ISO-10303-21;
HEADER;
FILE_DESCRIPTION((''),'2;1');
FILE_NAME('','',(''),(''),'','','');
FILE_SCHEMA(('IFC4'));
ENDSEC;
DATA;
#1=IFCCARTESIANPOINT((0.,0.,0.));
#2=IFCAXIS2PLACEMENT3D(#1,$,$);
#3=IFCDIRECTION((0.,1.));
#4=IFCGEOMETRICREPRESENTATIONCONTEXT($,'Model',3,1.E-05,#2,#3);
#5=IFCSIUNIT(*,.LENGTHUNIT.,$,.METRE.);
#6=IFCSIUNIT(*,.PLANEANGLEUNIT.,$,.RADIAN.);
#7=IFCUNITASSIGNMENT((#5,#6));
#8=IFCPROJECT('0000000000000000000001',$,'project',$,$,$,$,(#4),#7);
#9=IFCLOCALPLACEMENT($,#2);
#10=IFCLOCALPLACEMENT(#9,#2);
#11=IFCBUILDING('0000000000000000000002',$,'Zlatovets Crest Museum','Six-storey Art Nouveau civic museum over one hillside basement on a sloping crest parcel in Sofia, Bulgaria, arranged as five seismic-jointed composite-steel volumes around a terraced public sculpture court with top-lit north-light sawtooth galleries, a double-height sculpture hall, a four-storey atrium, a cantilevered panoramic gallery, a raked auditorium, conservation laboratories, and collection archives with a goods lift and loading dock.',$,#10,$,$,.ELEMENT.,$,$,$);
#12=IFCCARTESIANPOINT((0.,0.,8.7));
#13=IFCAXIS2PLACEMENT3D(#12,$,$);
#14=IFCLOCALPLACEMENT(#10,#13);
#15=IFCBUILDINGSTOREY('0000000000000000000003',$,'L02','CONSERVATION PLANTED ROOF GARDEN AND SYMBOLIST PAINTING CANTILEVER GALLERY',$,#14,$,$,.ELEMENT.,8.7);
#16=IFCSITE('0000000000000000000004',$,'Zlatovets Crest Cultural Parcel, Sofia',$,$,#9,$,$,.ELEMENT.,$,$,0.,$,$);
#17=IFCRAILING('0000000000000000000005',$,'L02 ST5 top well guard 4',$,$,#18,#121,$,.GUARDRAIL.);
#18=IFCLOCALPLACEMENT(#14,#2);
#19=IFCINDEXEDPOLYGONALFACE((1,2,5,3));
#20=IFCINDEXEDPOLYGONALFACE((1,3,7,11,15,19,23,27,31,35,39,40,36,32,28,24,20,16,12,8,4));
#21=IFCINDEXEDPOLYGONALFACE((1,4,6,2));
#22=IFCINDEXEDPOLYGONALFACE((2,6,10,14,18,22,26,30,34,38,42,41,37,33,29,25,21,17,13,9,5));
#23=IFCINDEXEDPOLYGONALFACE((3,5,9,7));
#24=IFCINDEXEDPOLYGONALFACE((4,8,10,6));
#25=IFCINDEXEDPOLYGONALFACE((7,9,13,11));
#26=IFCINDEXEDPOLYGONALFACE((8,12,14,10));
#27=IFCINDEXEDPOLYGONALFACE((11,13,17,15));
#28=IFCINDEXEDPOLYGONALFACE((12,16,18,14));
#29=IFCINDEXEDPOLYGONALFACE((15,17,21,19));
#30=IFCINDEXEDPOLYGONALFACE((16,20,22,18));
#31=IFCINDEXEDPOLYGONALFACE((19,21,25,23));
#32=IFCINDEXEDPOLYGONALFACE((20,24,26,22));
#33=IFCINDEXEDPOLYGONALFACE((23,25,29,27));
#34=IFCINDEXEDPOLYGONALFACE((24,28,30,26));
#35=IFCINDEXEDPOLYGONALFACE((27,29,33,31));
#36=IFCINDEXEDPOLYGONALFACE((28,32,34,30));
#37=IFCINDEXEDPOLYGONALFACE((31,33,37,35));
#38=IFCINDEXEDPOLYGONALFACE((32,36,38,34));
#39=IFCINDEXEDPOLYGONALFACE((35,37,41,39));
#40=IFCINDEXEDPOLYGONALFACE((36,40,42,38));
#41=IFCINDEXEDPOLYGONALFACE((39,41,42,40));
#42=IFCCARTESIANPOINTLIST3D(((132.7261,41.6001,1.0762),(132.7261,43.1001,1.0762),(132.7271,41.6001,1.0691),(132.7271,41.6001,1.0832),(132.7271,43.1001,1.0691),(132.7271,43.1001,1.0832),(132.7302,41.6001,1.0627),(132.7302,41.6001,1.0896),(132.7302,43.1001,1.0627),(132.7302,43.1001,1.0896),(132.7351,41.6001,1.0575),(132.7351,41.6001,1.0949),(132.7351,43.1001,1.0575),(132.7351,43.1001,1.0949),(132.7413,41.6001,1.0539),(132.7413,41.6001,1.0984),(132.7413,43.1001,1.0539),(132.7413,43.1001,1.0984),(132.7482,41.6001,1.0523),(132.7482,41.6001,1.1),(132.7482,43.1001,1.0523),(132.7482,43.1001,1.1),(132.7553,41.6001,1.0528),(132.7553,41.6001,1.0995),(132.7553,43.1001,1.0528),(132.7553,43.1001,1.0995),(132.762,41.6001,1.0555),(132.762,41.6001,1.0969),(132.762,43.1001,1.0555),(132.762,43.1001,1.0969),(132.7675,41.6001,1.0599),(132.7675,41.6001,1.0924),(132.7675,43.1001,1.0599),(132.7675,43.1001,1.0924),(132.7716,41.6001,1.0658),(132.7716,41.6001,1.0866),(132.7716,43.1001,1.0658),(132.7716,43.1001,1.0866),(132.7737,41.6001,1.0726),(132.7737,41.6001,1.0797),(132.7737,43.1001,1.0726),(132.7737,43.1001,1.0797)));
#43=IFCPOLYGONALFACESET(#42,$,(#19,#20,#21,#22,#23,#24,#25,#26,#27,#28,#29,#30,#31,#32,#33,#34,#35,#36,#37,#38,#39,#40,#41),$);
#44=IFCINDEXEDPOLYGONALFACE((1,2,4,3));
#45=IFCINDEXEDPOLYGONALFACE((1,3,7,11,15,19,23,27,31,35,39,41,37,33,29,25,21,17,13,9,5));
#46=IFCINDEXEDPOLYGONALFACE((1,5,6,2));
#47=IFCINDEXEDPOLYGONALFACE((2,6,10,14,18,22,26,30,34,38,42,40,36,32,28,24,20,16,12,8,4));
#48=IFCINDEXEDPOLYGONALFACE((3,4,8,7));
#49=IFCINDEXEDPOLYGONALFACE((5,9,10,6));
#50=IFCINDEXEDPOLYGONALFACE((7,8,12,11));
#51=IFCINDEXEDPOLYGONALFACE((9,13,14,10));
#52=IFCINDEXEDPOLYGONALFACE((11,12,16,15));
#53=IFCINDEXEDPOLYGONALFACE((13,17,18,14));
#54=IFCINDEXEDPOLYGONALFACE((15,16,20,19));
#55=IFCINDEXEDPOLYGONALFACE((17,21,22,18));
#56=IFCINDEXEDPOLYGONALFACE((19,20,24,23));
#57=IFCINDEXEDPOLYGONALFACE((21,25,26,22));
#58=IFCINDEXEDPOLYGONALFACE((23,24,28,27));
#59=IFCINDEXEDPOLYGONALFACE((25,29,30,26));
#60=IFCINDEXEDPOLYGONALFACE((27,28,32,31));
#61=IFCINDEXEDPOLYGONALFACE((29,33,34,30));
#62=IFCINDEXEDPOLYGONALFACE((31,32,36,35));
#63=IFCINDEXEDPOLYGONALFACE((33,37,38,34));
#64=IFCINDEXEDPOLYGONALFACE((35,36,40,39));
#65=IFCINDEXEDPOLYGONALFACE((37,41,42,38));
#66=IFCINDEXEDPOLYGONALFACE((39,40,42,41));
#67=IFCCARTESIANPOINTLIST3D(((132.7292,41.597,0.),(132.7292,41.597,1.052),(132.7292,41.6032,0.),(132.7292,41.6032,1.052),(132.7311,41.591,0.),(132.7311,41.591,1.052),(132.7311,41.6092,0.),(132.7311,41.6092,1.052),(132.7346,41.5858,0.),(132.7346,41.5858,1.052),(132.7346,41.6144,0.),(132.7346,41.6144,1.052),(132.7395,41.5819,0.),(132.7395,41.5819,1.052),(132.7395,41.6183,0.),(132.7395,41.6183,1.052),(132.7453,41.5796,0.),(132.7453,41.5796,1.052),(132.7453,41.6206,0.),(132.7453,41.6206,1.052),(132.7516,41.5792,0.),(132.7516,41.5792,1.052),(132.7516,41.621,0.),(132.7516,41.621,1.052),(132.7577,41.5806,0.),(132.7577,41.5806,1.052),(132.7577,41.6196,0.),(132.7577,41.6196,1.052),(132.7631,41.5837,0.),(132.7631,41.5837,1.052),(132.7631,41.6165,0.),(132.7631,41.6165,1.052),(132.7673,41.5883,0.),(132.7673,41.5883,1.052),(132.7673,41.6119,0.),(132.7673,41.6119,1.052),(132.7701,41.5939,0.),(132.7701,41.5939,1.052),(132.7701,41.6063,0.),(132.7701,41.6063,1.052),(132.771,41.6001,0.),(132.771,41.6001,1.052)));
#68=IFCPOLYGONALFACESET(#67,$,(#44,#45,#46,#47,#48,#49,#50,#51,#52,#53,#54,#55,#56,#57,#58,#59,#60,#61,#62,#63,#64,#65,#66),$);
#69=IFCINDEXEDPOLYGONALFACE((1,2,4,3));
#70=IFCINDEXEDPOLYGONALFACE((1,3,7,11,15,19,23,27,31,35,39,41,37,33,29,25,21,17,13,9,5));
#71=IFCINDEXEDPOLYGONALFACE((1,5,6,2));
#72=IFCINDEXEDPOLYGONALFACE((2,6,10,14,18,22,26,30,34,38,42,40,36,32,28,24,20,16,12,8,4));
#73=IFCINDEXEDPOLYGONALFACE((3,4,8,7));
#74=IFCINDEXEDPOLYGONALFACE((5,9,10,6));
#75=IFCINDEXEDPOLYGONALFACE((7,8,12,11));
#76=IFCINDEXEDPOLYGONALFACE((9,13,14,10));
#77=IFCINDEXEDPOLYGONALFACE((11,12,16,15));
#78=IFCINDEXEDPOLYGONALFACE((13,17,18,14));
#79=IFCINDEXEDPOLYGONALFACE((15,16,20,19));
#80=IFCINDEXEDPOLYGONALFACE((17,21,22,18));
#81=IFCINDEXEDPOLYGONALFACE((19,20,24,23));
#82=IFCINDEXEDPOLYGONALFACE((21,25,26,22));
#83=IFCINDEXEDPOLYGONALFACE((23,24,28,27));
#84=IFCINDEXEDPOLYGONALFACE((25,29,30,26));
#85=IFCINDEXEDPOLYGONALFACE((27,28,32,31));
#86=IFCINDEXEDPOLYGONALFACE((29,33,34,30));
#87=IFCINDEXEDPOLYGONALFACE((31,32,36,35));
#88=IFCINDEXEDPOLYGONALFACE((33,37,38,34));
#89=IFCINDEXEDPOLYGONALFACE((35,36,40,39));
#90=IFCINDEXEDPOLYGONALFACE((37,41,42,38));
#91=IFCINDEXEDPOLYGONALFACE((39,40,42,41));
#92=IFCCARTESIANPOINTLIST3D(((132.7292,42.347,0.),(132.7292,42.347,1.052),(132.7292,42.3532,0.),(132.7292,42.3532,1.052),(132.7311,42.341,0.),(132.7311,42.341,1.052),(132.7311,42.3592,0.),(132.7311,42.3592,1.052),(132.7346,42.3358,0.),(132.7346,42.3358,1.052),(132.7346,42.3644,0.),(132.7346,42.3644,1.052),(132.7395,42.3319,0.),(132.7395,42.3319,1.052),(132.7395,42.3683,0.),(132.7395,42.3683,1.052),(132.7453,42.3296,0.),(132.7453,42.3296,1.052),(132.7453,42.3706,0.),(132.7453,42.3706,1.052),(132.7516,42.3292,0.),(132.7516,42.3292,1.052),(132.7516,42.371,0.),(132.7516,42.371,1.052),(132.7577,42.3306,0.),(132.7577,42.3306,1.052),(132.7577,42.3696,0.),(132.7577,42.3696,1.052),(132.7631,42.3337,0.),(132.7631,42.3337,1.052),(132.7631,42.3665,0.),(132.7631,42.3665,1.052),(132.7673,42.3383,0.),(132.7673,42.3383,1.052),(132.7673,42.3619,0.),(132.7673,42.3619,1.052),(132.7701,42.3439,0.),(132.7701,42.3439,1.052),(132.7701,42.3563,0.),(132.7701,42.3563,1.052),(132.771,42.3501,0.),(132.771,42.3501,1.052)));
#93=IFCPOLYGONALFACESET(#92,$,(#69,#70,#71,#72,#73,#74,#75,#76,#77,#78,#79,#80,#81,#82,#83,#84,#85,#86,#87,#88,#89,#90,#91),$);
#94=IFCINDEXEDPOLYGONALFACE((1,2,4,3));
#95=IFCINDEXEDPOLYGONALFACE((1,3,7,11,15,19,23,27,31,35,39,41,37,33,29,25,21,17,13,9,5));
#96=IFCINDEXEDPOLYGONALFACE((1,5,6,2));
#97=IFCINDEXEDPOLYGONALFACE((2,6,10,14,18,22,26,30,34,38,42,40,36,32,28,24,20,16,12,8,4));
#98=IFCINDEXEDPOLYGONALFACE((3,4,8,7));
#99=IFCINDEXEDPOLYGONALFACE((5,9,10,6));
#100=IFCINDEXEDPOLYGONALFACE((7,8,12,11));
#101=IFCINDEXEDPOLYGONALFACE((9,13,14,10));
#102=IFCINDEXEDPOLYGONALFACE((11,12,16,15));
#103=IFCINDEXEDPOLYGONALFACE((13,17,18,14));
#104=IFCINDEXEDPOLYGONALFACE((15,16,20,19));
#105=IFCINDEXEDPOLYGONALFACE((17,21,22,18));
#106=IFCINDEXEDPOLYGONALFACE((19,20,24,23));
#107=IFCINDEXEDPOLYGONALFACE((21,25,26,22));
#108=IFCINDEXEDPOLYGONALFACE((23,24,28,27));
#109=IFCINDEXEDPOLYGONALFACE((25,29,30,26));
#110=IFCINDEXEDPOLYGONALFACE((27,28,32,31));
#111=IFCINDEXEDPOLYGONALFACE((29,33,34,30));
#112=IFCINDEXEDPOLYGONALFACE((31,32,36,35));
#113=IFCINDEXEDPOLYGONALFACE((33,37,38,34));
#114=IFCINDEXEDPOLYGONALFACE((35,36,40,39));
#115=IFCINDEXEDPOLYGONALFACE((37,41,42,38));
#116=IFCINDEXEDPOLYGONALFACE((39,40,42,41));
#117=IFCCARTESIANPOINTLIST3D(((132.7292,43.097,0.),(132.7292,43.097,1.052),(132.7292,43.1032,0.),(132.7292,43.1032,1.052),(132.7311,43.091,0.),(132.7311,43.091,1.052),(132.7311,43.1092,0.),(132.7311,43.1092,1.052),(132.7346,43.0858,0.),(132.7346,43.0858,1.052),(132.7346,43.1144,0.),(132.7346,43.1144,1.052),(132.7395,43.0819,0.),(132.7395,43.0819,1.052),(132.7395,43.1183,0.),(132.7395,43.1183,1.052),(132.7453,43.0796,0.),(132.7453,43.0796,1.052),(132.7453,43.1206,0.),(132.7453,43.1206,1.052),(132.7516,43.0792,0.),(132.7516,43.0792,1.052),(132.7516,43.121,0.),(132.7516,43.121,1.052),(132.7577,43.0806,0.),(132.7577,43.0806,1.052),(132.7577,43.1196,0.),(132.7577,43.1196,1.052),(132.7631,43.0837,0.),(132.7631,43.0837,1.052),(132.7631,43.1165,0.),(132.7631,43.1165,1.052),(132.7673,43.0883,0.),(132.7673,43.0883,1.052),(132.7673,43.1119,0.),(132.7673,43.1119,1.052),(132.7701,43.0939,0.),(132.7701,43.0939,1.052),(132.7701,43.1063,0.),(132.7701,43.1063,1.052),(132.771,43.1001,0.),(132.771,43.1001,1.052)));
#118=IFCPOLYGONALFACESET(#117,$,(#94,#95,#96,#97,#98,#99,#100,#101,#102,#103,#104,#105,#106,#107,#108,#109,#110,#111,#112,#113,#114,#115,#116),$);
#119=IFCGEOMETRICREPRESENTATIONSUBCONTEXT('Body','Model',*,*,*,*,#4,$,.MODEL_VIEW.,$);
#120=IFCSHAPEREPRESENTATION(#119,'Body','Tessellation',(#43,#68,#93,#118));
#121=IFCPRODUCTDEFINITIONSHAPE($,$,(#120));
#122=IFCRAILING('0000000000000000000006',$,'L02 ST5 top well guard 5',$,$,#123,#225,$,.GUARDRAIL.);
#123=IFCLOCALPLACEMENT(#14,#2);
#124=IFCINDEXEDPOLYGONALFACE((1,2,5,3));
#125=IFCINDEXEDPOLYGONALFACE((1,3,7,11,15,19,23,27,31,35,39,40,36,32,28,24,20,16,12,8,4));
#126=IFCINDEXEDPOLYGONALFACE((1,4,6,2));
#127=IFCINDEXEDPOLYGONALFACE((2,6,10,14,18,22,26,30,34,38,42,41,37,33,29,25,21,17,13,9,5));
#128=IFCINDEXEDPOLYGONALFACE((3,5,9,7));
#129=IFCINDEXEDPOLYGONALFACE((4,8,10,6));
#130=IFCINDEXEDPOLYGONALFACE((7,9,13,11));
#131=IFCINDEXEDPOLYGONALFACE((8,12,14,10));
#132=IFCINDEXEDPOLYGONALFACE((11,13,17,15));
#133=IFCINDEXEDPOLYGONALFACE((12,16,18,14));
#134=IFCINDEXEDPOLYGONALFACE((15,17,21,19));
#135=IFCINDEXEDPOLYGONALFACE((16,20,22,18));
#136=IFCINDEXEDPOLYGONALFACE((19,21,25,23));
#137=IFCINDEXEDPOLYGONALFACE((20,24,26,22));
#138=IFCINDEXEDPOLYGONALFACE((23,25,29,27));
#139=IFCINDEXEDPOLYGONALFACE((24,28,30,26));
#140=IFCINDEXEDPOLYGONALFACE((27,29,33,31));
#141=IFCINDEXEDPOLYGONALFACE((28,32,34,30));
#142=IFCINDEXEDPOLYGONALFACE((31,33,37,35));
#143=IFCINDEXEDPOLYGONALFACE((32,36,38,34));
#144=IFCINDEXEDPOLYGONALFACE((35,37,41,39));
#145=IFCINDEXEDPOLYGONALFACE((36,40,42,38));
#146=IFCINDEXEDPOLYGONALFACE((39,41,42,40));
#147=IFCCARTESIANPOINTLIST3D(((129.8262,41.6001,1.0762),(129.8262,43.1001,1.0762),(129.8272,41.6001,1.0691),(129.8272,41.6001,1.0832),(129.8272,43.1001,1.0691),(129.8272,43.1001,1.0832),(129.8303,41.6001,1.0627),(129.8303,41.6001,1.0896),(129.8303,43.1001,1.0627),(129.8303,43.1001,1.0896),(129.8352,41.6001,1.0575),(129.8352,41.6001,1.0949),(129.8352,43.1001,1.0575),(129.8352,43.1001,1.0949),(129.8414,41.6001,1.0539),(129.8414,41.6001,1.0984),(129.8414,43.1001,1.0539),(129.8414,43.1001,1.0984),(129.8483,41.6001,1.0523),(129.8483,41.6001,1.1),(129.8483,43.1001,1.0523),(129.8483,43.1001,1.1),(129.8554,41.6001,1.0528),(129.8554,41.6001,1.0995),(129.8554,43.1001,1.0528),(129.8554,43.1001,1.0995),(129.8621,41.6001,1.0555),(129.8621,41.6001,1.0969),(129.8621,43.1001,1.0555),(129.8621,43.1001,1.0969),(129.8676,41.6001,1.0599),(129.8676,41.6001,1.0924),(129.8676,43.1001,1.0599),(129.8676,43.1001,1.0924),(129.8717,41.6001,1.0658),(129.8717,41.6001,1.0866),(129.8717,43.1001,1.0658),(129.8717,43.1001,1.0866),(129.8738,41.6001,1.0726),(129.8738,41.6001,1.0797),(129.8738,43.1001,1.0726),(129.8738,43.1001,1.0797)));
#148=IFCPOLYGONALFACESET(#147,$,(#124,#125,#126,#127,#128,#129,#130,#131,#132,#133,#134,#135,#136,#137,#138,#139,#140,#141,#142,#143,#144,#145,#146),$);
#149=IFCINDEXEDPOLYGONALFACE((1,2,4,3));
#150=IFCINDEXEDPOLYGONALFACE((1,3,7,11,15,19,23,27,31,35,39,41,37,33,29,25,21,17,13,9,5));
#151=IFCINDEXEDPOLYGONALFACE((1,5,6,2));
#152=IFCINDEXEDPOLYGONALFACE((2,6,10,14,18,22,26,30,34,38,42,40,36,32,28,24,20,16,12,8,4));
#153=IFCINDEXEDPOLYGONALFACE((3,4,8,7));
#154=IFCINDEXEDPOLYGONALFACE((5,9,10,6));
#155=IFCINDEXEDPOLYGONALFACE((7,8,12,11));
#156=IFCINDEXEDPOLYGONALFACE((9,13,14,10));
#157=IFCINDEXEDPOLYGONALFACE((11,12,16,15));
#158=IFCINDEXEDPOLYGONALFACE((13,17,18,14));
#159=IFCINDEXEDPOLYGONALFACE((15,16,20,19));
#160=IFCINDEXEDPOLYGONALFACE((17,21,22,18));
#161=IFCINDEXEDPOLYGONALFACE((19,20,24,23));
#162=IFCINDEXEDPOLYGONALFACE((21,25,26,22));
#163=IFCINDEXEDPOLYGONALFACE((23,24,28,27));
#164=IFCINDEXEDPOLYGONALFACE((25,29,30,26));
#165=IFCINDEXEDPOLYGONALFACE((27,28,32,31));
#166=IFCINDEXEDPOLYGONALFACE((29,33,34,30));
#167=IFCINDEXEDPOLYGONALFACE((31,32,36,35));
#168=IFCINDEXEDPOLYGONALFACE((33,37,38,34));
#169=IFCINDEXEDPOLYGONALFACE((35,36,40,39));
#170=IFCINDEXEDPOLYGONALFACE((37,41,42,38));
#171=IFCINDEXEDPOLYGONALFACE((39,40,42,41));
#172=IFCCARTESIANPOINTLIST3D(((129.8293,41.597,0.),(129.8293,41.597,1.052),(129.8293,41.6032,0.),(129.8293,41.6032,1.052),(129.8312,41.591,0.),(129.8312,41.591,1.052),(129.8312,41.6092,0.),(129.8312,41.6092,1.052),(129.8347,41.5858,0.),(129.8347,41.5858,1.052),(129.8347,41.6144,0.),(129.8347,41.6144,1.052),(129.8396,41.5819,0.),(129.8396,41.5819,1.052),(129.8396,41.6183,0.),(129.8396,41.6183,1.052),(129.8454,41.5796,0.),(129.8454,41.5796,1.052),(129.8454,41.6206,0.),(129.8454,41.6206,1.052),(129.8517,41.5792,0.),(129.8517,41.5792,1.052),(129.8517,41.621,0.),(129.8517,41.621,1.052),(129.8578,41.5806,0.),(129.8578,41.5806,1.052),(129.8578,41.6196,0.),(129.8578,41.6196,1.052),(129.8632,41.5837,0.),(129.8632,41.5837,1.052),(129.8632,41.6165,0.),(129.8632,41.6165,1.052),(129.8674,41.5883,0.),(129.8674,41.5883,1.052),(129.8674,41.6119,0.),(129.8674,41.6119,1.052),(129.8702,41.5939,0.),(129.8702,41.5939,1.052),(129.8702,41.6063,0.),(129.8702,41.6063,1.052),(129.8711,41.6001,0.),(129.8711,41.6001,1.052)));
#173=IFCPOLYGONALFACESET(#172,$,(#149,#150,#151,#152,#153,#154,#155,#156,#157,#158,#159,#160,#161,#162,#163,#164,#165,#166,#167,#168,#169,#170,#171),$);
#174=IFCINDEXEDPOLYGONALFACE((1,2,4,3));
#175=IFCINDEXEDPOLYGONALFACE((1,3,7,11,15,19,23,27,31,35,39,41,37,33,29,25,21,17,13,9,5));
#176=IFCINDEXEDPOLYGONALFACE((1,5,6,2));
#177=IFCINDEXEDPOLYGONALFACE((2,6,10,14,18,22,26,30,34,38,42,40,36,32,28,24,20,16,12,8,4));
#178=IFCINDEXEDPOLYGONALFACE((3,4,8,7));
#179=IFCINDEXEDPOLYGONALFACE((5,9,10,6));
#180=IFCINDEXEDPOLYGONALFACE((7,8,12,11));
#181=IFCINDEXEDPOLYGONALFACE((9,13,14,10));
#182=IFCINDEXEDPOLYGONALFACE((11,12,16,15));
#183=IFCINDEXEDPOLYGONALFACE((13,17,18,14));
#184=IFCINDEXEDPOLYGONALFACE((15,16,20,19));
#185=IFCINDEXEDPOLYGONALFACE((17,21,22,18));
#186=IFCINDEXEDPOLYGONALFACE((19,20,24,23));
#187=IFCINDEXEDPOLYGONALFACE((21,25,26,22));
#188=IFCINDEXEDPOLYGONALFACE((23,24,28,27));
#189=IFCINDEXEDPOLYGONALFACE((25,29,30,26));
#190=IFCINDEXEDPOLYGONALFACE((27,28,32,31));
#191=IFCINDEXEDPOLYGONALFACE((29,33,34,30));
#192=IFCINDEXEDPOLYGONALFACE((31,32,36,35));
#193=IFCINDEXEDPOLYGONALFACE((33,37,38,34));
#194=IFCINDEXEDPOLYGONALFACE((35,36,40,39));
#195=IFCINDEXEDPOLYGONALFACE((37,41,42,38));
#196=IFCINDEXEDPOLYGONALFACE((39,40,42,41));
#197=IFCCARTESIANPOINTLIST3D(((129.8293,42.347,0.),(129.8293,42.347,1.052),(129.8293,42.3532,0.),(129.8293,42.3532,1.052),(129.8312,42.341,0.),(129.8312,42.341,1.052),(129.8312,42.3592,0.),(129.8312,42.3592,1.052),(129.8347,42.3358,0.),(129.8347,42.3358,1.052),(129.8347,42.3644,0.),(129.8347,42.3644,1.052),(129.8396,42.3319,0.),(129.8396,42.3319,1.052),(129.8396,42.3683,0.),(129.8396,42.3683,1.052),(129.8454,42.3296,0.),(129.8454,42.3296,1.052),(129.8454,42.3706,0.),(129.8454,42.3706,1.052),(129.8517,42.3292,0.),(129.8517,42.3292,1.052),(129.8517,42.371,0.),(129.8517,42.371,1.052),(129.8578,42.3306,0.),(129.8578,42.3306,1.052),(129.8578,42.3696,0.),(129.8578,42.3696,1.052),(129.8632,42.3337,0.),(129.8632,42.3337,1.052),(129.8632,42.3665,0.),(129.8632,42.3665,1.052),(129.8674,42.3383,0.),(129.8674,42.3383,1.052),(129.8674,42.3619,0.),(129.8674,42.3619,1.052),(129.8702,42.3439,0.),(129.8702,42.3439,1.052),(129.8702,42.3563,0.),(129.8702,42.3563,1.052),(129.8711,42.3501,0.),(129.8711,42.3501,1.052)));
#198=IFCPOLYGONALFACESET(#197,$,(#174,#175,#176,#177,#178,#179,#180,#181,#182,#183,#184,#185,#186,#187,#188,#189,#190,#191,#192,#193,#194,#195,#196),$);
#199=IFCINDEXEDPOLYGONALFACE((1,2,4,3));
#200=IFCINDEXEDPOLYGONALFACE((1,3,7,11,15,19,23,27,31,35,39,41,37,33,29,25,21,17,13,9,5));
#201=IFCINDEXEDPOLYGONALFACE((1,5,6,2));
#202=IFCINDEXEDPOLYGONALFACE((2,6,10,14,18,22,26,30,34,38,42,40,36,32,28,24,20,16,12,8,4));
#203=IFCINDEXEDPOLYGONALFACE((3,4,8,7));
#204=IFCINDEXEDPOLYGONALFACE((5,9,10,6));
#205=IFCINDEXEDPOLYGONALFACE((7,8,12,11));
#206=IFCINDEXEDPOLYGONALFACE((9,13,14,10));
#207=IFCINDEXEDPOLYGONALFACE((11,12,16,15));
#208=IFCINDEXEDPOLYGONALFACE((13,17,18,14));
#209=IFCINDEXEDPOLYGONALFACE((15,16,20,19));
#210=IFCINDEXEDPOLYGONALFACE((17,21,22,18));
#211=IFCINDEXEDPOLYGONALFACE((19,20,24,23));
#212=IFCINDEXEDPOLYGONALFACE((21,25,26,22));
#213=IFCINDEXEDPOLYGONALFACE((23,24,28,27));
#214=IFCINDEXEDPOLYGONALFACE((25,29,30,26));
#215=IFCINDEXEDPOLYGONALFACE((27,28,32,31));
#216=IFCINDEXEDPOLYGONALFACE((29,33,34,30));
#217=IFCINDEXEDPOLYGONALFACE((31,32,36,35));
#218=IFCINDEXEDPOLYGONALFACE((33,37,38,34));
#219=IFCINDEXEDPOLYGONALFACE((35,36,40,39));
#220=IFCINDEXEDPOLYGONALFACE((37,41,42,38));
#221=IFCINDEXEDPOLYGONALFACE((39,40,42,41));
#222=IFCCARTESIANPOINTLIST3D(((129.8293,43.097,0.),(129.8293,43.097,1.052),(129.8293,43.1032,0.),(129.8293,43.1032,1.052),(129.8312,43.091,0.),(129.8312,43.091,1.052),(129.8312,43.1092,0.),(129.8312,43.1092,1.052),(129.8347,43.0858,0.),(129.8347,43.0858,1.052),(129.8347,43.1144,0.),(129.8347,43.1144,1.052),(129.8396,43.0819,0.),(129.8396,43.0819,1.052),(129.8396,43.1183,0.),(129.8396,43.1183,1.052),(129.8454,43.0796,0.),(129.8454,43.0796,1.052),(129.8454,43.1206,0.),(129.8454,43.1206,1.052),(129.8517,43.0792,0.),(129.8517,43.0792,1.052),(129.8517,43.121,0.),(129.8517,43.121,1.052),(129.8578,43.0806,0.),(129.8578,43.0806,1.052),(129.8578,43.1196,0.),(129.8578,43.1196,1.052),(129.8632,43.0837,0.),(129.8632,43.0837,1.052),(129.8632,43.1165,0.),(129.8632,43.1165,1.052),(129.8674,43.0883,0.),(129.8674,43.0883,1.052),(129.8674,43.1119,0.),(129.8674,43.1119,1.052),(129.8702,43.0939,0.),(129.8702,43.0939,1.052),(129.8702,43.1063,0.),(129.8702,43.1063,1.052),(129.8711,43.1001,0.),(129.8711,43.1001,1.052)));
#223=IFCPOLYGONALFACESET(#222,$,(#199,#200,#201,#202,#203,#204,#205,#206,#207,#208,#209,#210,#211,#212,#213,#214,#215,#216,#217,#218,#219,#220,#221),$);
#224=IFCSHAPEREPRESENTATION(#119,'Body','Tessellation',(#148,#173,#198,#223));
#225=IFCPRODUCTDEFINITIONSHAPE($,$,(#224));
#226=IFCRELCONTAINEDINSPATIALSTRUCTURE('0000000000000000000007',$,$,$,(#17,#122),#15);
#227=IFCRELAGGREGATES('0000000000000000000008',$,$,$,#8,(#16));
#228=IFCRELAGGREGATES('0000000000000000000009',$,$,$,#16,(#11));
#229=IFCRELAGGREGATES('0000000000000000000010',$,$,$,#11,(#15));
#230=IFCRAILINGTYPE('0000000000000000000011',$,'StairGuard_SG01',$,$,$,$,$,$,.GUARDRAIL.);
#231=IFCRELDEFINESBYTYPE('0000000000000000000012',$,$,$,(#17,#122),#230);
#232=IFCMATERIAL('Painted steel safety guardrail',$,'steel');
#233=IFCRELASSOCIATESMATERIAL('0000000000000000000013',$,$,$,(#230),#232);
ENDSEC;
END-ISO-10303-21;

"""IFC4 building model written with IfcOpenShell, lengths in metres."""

from ifc_helpers import new_model, si_unit, direction, frame, origin, origin_2d, place, context, subcontext, project, spatial, circle, extrude, material, type_object, element, save


model = new_model("IFC4")

# Units and contexts
model_context = context("Model", 3, precision=1e-05, world=origin(), true_north=direction((0.0, 1.0)))
body_context = subcontext(model_context, "Body", "Model", "MODEL_VIEW")
ifc_project = project(units=[si_unit("LENGTHUNIT", "METRE"), si_unit("PLANEANGLEUNIT", "RADIAN")], contexts=[model_context])

# Site, building, storey
site_placement = place(None, origin())
site = spatial("IfcSite", under=ifc_project, at=site_placement, Name="Zlatovets Crest Cultural Parcel, Sofia", CompositionType="ELEMENT", RefElevation=0.0)
building_placement = place(site_placement, origin())
building = spatial("IfcBuilding", under=site, at=building_placement, Name="Zlatovets Crest Museum", Description="Six-storey Art Nouveau civic museum over one hillside basement on a sloping crest parcel in Sofia, Bulgaria, arranged as five seismic-jointed composite-steel volumes around a terraced public sculpture court with top-lit north-light sawtooth galleries, a double-height sculpture hall, a four-storey atrium, a cantilevered panoramic gallery, a raked auditorium, conservation laboratories, and collection archives with a goods lift and loading dock.", CompositionType="ELEMENT")
storey_placement = place(building_placement, frame((0.0, 0.0, 8.7)))
storey = spatial("IfcBuildingStorey", under=building, at=storey_placement, Name="L02", Description="CONSERVATION PLANTED ROOF GARDEN AND SYMBOLIST PAINTING CANTILEVER GALLERY", CompositionType="ELEMENT", Elevation=8.7)

# Railings
ifc_material_1 = material(Name="Painted steel safety guardrail", Category="steel")
railing_type = type_object("IfcRailingType", Name="StairGuard_SG01", PredefinedType="GUARDRAIL", material=ifc_material_1)
for number, where, name in (
    (1, (132.75, 41.6001, 0.0), "L02 ST5 top well guard 4"),
    (2, (129.8501, 41.6001, 0.0), "L02 ST5 top well guard 5"),
):
    element("IfcRailing", number, at=place(storey_placement, frame(where)), inside=storey, type_object=railing_type, Name=name, PredefinedType="GUARDRAIL", context=body_context, shape_type="SweptSolid", body=[
        extrude(circle(Radius=0.0239, at=origin_2d()), frame((0.0, 0.0, 1.0762), z_axis=(0.0, 1.0, 0.0), x_axis=(-1.0, 0.0, 0.0)), (0.0, 0.0, 1.0), 1.5),
        extrude(circle(Radius=0.021, at=origin_2d()), origin(), (0.0, 0.0, 1.0), 1.052),
        extrude(circle(Radius=0.021, at=origin_2d()), frame((0.0, 0.75, 0.0)), (0.0, 0.0, 1.0), 1.052),
        extrude(circle(Radius=0.021, at=origin_2d()), frame((0.0, 1.5, 0.0)), (0.0, 0.0, 1.0), 1.052),
    ])

save(model, "model.ifc")
